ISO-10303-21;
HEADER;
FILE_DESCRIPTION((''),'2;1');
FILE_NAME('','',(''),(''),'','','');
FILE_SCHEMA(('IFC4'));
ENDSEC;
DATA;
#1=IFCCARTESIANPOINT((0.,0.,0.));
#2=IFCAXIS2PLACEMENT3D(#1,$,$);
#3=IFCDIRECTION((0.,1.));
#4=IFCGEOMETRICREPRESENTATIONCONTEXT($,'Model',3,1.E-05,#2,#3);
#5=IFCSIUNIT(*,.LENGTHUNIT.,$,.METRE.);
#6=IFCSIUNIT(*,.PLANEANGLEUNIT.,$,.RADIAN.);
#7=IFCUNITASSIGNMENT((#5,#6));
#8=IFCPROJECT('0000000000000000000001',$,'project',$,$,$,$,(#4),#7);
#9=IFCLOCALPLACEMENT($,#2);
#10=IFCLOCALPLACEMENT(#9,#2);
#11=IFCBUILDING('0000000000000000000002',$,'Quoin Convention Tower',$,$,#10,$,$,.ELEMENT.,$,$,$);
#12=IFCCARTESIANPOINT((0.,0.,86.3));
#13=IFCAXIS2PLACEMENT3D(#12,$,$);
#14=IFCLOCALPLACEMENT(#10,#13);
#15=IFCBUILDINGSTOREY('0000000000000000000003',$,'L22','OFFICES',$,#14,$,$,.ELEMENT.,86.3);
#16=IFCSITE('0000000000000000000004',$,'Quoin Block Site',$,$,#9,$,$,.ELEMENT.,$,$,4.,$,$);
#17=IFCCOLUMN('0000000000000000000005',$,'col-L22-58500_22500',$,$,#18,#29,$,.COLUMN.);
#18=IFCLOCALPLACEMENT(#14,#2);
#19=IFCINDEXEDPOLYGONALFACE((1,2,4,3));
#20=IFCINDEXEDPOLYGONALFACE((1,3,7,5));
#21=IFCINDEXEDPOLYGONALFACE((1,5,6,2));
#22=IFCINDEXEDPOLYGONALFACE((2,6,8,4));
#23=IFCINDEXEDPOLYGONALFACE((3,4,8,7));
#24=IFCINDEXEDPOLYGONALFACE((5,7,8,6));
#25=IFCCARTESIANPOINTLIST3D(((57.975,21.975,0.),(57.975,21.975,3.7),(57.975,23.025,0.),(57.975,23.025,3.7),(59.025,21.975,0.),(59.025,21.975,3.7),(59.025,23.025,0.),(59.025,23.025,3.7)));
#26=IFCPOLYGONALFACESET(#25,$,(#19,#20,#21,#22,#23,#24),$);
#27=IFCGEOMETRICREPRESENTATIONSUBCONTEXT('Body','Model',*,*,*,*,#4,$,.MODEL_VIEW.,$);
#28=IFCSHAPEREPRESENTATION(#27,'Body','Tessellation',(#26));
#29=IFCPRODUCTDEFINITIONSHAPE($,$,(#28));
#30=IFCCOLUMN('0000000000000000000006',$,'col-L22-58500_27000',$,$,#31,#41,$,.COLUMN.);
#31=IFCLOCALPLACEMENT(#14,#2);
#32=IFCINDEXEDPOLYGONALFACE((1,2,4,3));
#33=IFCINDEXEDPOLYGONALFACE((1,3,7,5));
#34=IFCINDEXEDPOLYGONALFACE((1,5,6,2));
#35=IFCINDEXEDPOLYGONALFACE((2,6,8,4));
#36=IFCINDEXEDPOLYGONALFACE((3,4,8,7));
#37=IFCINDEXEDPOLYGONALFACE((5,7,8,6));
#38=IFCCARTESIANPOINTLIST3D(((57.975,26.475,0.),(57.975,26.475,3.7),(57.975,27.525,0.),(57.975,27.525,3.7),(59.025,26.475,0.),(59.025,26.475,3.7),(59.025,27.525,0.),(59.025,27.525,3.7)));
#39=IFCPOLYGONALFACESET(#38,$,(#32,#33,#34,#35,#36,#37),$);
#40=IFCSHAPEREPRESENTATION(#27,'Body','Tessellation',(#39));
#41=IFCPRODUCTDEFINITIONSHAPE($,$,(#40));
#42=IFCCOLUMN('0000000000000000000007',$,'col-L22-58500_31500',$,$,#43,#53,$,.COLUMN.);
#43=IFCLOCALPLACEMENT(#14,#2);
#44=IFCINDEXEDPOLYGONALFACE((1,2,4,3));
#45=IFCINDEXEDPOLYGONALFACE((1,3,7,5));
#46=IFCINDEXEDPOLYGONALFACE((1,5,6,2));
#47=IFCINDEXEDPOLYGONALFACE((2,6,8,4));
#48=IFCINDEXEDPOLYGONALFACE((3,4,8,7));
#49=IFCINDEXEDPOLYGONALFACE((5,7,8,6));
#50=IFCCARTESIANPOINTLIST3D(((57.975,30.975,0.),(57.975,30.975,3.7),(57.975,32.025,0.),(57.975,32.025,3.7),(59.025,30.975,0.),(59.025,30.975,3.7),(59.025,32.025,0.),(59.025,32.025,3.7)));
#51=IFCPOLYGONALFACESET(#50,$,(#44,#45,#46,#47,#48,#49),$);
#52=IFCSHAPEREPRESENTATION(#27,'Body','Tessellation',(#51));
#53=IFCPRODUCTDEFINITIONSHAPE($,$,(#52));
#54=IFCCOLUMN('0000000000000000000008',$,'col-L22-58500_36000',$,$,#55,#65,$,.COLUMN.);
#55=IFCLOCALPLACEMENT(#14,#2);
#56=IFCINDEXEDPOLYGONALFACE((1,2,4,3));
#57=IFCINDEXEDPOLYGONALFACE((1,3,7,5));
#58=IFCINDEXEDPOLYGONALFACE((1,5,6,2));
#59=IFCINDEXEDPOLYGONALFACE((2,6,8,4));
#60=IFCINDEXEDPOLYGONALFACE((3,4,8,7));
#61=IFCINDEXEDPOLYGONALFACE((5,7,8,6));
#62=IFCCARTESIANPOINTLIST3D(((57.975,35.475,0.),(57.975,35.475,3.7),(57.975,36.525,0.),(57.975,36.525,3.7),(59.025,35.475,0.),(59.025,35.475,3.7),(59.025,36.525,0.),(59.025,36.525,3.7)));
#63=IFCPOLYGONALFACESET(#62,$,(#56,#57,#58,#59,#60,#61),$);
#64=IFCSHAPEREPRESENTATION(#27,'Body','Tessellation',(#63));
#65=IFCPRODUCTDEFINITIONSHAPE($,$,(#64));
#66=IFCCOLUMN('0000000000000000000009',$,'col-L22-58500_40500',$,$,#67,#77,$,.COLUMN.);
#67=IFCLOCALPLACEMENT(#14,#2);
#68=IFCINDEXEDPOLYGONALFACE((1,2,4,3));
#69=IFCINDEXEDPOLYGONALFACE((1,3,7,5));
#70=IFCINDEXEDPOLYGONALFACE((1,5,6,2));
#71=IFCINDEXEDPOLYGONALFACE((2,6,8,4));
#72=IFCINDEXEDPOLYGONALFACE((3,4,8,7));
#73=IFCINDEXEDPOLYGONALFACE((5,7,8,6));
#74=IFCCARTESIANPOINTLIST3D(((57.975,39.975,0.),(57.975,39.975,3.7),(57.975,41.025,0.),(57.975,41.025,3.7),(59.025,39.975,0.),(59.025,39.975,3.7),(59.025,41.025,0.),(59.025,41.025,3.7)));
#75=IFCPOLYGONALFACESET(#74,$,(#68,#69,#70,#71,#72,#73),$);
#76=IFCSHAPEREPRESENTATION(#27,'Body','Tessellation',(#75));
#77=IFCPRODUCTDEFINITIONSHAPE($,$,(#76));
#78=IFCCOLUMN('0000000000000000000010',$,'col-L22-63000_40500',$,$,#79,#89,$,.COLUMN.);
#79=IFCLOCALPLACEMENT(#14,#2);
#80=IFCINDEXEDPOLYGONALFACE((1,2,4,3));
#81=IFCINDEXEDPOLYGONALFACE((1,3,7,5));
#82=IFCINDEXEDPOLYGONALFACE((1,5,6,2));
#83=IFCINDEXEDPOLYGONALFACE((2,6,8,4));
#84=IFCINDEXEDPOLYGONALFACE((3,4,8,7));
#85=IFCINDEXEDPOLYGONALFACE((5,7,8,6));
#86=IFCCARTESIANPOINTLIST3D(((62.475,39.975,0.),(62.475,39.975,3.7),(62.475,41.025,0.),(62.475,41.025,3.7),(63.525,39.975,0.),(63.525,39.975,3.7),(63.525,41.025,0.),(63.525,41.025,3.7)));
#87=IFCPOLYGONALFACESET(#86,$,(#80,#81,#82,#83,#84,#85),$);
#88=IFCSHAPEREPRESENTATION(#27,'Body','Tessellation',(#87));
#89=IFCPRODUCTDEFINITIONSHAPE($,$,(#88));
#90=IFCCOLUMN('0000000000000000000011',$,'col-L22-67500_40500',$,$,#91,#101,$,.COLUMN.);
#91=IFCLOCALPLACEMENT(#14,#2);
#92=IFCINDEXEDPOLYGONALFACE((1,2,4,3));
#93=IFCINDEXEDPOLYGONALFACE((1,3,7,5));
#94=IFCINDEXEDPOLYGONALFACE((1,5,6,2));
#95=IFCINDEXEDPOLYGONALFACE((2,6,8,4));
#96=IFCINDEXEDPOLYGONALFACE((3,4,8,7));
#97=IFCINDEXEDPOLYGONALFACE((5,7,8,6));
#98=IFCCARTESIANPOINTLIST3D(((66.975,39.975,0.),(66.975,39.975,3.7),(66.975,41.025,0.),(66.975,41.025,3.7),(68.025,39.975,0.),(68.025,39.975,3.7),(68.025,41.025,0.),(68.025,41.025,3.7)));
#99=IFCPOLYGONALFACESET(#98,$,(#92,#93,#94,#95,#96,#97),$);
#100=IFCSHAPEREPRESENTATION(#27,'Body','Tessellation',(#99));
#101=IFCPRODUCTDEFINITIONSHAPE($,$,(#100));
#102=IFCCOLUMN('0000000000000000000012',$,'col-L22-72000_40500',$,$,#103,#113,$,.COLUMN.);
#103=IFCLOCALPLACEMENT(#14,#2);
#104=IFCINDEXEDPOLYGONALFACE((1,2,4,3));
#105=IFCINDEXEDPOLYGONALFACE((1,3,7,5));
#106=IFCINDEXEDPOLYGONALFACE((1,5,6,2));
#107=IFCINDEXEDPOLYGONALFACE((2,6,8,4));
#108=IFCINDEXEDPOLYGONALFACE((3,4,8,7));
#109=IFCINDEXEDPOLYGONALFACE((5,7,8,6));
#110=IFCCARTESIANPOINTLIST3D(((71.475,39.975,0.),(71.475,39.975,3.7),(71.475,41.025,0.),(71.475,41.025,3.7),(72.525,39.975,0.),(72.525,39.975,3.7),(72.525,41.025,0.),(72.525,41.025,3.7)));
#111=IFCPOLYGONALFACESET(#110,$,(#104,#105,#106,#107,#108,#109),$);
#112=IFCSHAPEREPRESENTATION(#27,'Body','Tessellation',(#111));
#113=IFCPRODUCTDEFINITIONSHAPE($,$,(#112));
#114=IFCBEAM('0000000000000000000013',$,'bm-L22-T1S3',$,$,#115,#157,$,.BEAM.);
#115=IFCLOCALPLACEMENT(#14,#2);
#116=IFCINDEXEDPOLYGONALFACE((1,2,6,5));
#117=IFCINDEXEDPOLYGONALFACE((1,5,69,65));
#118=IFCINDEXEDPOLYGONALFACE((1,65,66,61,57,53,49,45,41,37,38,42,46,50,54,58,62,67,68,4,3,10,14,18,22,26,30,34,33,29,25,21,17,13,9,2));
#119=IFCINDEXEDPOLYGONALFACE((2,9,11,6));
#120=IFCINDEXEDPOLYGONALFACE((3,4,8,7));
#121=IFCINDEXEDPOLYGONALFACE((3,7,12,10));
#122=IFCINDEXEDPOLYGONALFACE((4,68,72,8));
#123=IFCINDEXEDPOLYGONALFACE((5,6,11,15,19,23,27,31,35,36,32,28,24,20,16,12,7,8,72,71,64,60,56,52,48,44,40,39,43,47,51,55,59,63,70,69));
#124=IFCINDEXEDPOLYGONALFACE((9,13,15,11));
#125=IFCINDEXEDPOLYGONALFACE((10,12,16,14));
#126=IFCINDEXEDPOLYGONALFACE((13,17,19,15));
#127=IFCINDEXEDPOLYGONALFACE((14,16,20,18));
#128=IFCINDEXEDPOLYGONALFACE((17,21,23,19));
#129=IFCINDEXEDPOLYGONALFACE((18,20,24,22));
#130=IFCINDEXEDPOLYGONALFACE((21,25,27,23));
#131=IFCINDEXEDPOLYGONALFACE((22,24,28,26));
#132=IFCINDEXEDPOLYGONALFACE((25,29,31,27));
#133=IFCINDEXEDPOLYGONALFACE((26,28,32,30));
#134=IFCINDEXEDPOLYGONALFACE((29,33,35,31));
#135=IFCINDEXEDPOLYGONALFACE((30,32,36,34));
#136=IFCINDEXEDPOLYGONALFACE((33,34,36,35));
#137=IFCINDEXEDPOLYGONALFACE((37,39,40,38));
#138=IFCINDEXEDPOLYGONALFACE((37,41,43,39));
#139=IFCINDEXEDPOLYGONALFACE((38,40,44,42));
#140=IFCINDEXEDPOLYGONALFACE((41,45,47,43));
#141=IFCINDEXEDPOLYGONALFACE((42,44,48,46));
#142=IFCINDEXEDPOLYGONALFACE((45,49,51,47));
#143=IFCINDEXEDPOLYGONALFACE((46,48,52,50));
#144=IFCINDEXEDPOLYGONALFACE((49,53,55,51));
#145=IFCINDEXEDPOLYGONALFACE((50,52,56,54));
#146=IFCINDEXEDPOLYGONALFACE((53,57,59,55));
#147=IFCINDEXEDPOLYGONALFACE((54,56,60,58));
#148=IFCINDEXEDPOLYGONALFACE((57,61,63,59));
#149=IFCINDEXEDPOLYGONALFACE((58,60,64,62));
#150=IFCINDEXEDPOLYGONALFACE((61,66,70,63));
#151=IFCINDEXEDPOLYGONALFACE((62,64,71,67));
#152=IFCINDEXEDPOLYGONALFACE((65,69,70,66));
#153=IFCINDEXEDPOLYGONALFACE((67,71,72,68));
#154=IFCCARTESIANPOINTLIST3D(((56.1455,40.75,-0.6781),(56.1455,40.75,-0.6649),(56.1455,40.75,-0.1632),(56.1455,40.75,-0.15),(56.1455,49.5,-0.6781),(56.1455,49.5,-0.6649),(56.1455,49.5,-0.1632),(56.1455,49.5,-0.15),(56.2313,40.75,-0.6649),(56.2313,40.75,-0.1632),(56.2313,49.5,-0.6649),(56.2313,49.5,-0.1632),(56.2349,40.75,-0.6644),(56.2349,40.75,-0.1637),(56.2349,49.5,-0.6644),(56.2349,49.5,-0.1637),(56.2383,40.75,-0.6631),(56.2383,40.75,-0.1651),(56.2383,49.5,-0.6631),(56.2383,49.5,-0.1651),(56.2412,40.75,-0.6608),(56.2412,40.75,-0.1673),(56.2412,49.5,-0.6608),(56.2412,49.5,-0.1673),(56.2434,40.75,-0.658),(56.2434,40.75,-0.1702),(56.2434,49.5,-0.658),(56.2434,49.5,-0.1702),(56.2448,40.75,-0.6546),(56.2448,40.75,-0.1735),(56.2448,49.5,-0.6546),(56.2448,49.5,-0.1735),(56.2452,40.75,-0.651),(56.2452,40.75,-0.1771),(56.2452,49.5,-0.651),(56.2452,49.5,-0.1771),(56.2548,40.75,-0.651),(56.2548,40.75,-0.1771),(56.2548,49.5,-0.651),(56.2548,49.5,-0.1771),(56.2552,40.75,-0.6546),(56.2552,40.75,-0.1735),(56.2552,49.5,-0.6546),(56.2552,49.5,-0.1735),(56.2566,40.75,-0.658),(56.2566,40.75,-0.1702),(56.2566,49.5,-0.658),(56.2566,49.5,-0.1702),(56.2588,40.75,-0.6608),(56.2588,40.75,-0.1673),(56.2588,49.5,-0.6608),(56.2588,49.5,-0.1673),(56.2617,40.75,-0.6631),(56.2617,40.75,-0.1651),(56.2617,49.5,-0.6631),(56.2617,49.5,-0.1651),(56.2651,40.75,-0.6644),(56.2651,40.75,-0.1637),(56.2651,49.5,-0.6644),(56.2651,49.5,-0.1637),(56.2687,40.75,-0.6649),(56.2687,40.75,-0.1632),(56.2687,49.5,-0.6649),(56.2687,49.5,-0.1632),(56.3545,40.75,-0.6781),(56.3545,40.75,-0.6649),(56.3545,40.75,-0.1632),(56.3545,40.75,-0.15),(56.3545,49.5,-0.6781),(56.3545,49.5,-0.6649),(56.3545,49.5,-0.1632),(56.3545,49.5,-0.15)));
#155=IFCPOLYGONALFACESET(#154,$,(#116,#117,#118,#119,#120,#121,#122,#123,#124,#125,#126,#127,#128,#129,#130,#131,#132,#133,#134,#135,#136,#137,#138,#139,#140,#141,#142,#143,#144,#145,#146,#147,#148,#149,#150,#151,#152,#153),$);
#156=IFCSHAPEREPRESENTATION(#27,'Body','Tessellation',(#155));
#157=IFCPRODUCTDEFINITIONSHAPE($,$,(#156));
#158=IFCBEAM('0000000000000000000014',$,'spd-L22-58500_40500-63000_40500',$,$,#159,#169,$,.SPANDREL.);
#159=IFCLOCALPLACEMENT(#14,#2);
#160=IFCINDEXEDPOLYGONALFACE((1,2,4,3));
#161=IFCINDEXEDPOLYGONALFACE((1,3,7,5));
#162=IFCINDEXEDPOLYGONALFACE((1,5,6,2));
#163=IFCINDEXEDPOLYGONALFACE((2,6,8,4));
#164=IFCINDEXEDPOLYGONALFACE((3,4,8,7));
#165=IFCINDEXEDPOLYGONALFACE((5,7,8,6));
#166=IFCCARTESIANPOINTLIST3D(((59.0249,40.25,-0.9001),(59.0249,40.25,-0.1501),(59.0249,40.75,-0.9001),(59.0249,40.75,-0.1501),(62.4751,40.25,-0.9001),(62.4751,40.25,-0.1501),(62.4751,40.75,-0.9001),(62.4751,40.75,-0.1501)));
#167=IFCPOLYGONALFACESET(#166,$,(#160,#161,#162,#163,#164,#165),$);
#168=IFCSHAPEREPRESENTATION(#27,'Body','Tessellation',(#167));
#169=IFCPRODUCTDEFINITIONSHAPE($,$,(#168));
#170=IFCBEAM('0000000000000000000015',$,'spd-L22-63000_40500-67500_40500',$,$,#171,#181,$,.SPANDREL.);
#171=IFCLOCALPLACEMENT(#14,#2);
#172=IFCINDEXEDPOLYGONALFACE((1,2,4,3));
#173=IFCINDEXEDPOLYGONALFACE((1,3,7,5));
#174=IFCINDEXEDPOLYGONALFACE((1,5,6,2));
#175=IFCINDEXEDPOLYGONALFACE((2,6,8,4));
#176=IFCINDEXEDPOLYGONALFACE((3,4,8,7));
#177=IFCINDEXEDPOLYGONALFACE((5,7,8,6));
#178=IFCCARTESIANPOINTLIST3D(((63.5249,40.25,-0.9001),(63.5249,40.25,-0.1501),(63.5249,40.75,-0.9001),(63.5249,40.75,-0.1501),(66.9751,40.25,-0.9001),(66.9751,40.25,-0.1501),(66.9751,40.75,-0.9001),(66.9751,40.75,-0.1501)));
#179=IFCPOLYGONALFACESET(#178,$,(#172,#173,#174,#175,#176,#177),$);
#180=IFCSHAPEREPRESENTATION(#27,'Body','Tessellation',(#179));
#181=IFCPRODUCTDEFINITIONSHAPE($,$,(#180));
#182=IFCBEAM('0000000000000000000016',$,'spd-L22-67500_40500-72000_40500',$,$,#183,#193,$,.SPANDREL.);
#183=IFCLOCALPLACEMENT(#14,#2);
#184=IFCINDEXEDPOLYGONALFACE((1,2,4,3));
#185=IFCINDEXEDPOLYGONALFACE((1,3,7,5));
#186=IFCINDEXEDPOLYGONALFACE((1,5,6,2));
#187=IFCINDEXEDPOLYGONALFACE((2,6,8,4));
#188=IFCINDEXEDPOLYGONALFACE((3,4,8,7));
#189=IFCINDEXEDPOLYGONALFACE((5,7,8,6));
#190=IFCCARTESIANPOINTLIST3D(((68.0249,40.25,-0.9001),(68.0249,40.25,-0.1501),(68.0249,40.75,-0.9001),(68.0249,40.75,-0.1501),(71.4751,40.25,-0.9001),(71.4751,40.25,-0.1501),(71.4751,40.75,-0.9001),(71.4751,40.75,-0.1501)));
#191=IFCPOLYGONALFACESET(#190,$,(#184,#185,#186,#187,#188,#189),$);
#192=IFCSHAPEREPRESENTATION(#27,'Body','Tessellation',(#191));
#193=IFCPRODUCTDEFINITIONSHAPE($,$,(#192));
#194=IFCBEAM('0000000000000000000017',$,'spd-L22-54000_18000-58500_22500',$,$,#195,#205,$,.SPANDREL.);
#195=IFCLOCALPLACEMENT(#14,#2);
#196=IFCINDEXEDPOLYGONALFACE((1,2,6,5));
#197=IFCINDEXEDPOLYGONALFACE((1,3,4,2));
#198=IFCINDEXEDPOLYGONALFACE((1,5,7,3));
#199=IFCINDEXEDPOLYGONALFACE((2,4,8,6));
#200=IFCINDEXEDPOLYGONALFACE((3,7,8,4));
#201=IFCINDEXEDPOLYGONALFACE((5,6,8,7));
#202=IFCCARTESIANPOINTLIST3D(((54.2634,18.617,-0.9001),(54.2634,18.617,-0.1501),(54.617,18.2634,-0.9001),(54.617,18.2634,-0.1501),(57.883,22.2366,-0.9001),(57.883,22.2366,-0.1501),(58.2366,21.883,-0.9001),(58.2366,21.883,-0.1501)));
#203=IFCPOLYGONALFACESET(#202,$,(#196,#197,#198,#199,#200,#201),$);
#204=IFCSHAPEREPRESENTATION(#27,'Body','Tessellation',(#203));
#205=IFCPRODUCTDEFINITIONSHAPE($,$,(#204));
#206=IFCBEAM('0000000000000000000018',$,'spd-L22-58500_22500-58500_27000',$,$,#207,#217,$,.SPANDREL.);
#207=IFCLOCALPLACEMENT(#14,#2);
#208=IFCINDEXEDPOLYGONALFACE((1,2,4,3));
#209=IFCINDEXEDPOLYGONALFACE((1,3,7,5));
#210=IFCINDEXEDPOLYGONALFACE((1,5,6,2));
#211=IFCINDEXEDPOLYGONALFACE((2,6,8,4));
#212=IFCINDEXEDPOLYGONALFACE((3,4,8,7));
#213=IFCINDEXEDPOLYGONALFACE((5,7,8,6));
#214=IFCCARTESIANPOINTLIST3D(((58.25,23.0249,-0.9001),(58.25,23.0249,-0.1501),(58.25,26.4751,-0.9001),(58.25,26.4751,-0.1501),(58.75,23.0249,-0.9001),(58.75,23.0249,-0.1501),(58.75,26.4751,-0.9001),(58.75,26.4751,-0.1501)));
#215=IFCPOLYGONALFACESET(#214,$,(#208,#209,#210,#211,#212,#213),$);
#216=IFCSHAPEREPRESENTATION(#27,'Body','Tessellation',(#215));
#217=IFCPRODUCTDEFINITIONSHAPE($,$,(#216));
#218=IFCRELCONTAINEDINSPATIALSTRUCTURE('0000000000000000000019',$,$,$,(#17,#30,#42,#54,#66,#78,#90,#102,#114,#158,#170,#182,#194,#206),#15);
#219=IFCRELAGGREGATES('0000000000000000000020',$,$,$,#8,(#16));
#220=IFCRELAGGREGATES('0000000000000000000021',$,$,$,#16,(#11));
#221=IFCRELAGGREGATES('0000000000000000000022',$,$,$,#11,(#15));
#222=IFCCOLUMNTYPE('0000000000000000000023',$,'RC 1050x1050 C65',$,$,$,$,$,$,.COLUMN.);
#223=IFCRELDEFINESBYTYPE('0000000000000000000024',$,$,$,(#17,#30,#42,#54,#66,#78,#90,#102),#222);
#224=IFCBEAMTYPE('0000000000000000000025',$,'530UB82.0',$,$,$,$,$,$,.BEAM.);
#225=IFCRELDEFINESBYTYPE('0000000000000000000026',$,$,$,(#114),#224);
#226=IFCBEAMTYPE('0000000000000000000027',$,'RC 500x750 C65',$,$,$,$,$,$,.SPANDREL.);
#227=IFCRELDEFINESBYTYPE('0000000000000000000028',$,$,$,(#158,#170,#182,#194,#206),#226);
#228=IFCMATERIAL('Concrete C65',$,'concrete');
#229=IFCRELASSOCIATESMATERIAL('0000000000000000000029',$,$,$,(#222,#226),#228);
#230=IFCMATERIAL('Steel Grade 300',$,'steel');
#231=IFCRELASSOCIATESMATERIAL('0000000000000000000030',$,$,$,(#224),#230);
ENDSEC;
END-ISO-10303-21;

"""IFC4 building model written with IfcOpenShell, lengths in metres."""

from ifc_helpers import new_model, si_unit, direction, frame, origin, origin_2d, place, context, subcontext, project, spatial, rectangle, i_section, extrude, material, material_profile, profile_set, type_object, element, save


model = new_model("IFC4")

# Units and contexts
model_context = context("Model", 3, precision=1e-05, world=origin(), true_north=direction((0.0, 1.0)))
body_context = subcontext(model_context, "Body", "Model", "MODEL_VIEW")
ifc_project = project(units=[si_unit("LENGTHUNIT", "METRE"), si_unit("PLANEANGLEUNIT", "RADIAN")], contexts=[model_context])

# Site, building, storey
site_placement = place(None, origin())
site = spatial("IfcSite", under=ifc_project, at=site_placement, Name="Quoin Block Site", CompositionType="ELEMENT", RefElevation=4.0)
building_placement = place(site_placement, origin())
building = spatial("IfcBuilding", under=site, at=building_placement, Name="Quoin Convention Tower", CompositionType="ELEMENT")
storey_placement = place(building_placement, frame((0.0, 0.0, 86.3)))
storey = spatial("IfcBuildingStorey", under=building, at=storey_placement, Name="L22", Description="OFFICES", CompositionType="ELEMENT", Elevation=86.3)

# Columns
ifc_material_1 = material(Name="Concrete C65", Category="concrete")
ifc_material_profile_1 = material_profile(ifc_material_1, rectangle(XDim=1.05, YDim=1.05, at=origin_2d()), Name="RC 1050x1050")
ifc_profile_set_1 = profile_set([ifc_material_profile_1], Name="Concrete C65")
column_type = type_object("IfcColumnType", Name="RC 1050x1050 C65", PredefinedType="COLUMN", material=ifc_profile_set_1)
for number, where, z_axis, x_axis, name in (
    (1, (58.5, 22.5, 0.0), (0.0, 0.0, 1.0), (1.0, 0.0, 0.0), "col-L22-58500_22500"),
    (2, (58.5, 27.0, 0.0), (0.0, 0.0, 1.0), (1.0, 0.0, 0.0), "col-L22-58500_27000"),
    (3, (58.5, 31.5, 0.0), (0.0, 0.0, 1.0), (1.0, 0.0, 0.0), "col-L22-58500_31500"),
    (4, (58.5, 36.0, 0.0), (0.0, 0.0, 1.0), (1.0, 0.0, 0.0), "col-L22-58500_36000"),
    (5, (58.5, 40.5, 0.0), (0.0, 0.0, 1.0), (1.0, 0.0, 0.0), "col-L22-58500_40500"),
    (6, (63.0, 40.5, 0.0), (0.0, 0.0, 1.0), (1.0, 0.0, 0.0), "col-L22-63000_40500"),
    (7, (67.5, 40.5, 0.0), (0.0, 0.0, 1.0), (1.0, 0.0, 0.0), "col-L22-67500_40500"),
    (8, (72.0, 40.5, 0.0), (0.0, 0.0, 1.0), (1.0, 0.0, 0.0), "col-L22-72000_40500"),
):
    element("IfcColumn", number, at=place(storey_placement, frame(where, z_axis=z_axis, x_axis=x_axis)), inside=storey, type_object=column_type, Name=name, PredefinedType="COLUMN", context=body_context, shape_type="SweptSolid", body=[
        extrude(rectangle(XDim=1.05, YDim=1.05, at=origin_2d()), origin(), (0.0, 0.0, 1.0), 3.7),
    ])

# Beams
ifc_material_2 = material(Name="Steel Grade 300", Category="steel")
ifc_material_profile_2 = material_profile(ifc_material_2, i_section(OverallWidth=0.209, OverallDepth=0.5281, WebThickness=0.0095, FlangeThickness=0.0132, FilletRadius=0.0139, at=origin_2d()), Name="530UB82.0")
ifc_profile_set_2 = profile_set([ifc_material_profile_2], Name="Steel Grade 300")
beam_type_1 = type_object("IfcBeamType", Name="530UB82.0", PredefinedType="BEAM", material=ifc_profile_set_2)
beam_1_placement = place(storey_placement, frame((56.25, 40.75, -0.4141), z_axis=(0.0, 1.0, 0.0), x_axis=(-1.0, 0.0, 0.0)))
element("IfcBeam", 9, at=beam_1_placement, inside=storey, type_object=beam_type_1, Name="bm-L22-T1S3", PredefinedType="BEAM", context=body_context, shape_type="SweptSolid", body=[
    extrude(i_section(OverallWidth=0.209, OverallDepth=0.5281, WebThickness=0.0095, FlangeThickness=0.0132, FilletRadius=0.0139, at=origin_2d()), origin(), (0.0, 0.0, 1.0), 8.75),
])
ifc_material_profile_3 = material_profile(ifc_material_1, rectangle(XDim=0.5, YDim=0.75, at=origin_2d()), Name="RC 500x750")
ifc_profile_set_3 = profile_set([ifc_material_profile_3], Name="Concrete C65")
beam_type_2 = type_object("IfcBeamType", Name="RC 500x750 C65", PredefinedType="SPANDREL", material=ifc_profile_set_3)
for number, where, z_axis, x_axis, name in (
    (10, (59.0249, 40.5, -0.5251), (1.0, 0.0, 0.0), (0.0, 1.0, 0.0), "spd-L22-58500_40500-63000_40500"),
    (11, (63.5249, 40.5, -0.5251), (1.0, 0.0, 0.0), (0.0, 1.0, 0.0), "spd-L22-63000_40500-67500_40500"),
    (12, (68.0249, 40.5, -0.5251), (1.0, 0.0, 0.0), (0.0, 1.0, 0.0), "spd-L22-67500_40500-72000_40500"),
):
    element("IfcBeam", number, at=place(storey_placement, frame(where, z_axis=z_axis, x_axis=x_axis)), inside=storey, type_object=beam_type_2, Name=name, PredefinedType="SPANDREL", context=body_context, shape_type="SweptSolid", body=[
        extrude(rectangle(XDim=0.5, YDim=0.75, at=origin_2d()), origin(), (0.0, 0.0, 1.0), 3.4502),
    ])
beam_2_placement = place(storey_placement, frame((54.4402, 18.4402, -0.5251), z_axis=(0.707107, 0.707107, 0.0), x_axis=(-0.707107, 0.707107, 0.0)))
element("IfcBeam", 13, at=beam_2_placement, inside=storey, type_object=beam_type_2, Name="spd-L22-54000_18000-58500_22500", PredefinedType="SPANDREL", context=body_context, shape_type="SweptSolid", body=[
    extrude(rectangle(XDim=0.5, YDim=0.75, at=origin_2d()), origin(), (0.0, 0.0, 1.0), 5.1189),
])
for number, where, z_axis, x_axis, name in (
    (14, (58.5, 23.0249, -0.5251), (0.0, 1.0, 0.0), (-1.0, 0.0, 0.0), "spd-L22-58500_22500-58500_27000"),
):
    element("IfcBeam", number, at=place(storey_placement, frame(where, z_axis=z_axis, x_axis=x_axis)), inside=storey, type_object=beam_type_2, Name=name, PredefinedType="SPANDREL", context=body_context, shape_type="SweptSolid", body=[
        extrude(rectangle(XDim=0.5, YDim=0.75, at=origin_2d()), origin(), (0.0, 0.0, 1.0), 3.4502),
    ])

save(model, "model.ifc")
